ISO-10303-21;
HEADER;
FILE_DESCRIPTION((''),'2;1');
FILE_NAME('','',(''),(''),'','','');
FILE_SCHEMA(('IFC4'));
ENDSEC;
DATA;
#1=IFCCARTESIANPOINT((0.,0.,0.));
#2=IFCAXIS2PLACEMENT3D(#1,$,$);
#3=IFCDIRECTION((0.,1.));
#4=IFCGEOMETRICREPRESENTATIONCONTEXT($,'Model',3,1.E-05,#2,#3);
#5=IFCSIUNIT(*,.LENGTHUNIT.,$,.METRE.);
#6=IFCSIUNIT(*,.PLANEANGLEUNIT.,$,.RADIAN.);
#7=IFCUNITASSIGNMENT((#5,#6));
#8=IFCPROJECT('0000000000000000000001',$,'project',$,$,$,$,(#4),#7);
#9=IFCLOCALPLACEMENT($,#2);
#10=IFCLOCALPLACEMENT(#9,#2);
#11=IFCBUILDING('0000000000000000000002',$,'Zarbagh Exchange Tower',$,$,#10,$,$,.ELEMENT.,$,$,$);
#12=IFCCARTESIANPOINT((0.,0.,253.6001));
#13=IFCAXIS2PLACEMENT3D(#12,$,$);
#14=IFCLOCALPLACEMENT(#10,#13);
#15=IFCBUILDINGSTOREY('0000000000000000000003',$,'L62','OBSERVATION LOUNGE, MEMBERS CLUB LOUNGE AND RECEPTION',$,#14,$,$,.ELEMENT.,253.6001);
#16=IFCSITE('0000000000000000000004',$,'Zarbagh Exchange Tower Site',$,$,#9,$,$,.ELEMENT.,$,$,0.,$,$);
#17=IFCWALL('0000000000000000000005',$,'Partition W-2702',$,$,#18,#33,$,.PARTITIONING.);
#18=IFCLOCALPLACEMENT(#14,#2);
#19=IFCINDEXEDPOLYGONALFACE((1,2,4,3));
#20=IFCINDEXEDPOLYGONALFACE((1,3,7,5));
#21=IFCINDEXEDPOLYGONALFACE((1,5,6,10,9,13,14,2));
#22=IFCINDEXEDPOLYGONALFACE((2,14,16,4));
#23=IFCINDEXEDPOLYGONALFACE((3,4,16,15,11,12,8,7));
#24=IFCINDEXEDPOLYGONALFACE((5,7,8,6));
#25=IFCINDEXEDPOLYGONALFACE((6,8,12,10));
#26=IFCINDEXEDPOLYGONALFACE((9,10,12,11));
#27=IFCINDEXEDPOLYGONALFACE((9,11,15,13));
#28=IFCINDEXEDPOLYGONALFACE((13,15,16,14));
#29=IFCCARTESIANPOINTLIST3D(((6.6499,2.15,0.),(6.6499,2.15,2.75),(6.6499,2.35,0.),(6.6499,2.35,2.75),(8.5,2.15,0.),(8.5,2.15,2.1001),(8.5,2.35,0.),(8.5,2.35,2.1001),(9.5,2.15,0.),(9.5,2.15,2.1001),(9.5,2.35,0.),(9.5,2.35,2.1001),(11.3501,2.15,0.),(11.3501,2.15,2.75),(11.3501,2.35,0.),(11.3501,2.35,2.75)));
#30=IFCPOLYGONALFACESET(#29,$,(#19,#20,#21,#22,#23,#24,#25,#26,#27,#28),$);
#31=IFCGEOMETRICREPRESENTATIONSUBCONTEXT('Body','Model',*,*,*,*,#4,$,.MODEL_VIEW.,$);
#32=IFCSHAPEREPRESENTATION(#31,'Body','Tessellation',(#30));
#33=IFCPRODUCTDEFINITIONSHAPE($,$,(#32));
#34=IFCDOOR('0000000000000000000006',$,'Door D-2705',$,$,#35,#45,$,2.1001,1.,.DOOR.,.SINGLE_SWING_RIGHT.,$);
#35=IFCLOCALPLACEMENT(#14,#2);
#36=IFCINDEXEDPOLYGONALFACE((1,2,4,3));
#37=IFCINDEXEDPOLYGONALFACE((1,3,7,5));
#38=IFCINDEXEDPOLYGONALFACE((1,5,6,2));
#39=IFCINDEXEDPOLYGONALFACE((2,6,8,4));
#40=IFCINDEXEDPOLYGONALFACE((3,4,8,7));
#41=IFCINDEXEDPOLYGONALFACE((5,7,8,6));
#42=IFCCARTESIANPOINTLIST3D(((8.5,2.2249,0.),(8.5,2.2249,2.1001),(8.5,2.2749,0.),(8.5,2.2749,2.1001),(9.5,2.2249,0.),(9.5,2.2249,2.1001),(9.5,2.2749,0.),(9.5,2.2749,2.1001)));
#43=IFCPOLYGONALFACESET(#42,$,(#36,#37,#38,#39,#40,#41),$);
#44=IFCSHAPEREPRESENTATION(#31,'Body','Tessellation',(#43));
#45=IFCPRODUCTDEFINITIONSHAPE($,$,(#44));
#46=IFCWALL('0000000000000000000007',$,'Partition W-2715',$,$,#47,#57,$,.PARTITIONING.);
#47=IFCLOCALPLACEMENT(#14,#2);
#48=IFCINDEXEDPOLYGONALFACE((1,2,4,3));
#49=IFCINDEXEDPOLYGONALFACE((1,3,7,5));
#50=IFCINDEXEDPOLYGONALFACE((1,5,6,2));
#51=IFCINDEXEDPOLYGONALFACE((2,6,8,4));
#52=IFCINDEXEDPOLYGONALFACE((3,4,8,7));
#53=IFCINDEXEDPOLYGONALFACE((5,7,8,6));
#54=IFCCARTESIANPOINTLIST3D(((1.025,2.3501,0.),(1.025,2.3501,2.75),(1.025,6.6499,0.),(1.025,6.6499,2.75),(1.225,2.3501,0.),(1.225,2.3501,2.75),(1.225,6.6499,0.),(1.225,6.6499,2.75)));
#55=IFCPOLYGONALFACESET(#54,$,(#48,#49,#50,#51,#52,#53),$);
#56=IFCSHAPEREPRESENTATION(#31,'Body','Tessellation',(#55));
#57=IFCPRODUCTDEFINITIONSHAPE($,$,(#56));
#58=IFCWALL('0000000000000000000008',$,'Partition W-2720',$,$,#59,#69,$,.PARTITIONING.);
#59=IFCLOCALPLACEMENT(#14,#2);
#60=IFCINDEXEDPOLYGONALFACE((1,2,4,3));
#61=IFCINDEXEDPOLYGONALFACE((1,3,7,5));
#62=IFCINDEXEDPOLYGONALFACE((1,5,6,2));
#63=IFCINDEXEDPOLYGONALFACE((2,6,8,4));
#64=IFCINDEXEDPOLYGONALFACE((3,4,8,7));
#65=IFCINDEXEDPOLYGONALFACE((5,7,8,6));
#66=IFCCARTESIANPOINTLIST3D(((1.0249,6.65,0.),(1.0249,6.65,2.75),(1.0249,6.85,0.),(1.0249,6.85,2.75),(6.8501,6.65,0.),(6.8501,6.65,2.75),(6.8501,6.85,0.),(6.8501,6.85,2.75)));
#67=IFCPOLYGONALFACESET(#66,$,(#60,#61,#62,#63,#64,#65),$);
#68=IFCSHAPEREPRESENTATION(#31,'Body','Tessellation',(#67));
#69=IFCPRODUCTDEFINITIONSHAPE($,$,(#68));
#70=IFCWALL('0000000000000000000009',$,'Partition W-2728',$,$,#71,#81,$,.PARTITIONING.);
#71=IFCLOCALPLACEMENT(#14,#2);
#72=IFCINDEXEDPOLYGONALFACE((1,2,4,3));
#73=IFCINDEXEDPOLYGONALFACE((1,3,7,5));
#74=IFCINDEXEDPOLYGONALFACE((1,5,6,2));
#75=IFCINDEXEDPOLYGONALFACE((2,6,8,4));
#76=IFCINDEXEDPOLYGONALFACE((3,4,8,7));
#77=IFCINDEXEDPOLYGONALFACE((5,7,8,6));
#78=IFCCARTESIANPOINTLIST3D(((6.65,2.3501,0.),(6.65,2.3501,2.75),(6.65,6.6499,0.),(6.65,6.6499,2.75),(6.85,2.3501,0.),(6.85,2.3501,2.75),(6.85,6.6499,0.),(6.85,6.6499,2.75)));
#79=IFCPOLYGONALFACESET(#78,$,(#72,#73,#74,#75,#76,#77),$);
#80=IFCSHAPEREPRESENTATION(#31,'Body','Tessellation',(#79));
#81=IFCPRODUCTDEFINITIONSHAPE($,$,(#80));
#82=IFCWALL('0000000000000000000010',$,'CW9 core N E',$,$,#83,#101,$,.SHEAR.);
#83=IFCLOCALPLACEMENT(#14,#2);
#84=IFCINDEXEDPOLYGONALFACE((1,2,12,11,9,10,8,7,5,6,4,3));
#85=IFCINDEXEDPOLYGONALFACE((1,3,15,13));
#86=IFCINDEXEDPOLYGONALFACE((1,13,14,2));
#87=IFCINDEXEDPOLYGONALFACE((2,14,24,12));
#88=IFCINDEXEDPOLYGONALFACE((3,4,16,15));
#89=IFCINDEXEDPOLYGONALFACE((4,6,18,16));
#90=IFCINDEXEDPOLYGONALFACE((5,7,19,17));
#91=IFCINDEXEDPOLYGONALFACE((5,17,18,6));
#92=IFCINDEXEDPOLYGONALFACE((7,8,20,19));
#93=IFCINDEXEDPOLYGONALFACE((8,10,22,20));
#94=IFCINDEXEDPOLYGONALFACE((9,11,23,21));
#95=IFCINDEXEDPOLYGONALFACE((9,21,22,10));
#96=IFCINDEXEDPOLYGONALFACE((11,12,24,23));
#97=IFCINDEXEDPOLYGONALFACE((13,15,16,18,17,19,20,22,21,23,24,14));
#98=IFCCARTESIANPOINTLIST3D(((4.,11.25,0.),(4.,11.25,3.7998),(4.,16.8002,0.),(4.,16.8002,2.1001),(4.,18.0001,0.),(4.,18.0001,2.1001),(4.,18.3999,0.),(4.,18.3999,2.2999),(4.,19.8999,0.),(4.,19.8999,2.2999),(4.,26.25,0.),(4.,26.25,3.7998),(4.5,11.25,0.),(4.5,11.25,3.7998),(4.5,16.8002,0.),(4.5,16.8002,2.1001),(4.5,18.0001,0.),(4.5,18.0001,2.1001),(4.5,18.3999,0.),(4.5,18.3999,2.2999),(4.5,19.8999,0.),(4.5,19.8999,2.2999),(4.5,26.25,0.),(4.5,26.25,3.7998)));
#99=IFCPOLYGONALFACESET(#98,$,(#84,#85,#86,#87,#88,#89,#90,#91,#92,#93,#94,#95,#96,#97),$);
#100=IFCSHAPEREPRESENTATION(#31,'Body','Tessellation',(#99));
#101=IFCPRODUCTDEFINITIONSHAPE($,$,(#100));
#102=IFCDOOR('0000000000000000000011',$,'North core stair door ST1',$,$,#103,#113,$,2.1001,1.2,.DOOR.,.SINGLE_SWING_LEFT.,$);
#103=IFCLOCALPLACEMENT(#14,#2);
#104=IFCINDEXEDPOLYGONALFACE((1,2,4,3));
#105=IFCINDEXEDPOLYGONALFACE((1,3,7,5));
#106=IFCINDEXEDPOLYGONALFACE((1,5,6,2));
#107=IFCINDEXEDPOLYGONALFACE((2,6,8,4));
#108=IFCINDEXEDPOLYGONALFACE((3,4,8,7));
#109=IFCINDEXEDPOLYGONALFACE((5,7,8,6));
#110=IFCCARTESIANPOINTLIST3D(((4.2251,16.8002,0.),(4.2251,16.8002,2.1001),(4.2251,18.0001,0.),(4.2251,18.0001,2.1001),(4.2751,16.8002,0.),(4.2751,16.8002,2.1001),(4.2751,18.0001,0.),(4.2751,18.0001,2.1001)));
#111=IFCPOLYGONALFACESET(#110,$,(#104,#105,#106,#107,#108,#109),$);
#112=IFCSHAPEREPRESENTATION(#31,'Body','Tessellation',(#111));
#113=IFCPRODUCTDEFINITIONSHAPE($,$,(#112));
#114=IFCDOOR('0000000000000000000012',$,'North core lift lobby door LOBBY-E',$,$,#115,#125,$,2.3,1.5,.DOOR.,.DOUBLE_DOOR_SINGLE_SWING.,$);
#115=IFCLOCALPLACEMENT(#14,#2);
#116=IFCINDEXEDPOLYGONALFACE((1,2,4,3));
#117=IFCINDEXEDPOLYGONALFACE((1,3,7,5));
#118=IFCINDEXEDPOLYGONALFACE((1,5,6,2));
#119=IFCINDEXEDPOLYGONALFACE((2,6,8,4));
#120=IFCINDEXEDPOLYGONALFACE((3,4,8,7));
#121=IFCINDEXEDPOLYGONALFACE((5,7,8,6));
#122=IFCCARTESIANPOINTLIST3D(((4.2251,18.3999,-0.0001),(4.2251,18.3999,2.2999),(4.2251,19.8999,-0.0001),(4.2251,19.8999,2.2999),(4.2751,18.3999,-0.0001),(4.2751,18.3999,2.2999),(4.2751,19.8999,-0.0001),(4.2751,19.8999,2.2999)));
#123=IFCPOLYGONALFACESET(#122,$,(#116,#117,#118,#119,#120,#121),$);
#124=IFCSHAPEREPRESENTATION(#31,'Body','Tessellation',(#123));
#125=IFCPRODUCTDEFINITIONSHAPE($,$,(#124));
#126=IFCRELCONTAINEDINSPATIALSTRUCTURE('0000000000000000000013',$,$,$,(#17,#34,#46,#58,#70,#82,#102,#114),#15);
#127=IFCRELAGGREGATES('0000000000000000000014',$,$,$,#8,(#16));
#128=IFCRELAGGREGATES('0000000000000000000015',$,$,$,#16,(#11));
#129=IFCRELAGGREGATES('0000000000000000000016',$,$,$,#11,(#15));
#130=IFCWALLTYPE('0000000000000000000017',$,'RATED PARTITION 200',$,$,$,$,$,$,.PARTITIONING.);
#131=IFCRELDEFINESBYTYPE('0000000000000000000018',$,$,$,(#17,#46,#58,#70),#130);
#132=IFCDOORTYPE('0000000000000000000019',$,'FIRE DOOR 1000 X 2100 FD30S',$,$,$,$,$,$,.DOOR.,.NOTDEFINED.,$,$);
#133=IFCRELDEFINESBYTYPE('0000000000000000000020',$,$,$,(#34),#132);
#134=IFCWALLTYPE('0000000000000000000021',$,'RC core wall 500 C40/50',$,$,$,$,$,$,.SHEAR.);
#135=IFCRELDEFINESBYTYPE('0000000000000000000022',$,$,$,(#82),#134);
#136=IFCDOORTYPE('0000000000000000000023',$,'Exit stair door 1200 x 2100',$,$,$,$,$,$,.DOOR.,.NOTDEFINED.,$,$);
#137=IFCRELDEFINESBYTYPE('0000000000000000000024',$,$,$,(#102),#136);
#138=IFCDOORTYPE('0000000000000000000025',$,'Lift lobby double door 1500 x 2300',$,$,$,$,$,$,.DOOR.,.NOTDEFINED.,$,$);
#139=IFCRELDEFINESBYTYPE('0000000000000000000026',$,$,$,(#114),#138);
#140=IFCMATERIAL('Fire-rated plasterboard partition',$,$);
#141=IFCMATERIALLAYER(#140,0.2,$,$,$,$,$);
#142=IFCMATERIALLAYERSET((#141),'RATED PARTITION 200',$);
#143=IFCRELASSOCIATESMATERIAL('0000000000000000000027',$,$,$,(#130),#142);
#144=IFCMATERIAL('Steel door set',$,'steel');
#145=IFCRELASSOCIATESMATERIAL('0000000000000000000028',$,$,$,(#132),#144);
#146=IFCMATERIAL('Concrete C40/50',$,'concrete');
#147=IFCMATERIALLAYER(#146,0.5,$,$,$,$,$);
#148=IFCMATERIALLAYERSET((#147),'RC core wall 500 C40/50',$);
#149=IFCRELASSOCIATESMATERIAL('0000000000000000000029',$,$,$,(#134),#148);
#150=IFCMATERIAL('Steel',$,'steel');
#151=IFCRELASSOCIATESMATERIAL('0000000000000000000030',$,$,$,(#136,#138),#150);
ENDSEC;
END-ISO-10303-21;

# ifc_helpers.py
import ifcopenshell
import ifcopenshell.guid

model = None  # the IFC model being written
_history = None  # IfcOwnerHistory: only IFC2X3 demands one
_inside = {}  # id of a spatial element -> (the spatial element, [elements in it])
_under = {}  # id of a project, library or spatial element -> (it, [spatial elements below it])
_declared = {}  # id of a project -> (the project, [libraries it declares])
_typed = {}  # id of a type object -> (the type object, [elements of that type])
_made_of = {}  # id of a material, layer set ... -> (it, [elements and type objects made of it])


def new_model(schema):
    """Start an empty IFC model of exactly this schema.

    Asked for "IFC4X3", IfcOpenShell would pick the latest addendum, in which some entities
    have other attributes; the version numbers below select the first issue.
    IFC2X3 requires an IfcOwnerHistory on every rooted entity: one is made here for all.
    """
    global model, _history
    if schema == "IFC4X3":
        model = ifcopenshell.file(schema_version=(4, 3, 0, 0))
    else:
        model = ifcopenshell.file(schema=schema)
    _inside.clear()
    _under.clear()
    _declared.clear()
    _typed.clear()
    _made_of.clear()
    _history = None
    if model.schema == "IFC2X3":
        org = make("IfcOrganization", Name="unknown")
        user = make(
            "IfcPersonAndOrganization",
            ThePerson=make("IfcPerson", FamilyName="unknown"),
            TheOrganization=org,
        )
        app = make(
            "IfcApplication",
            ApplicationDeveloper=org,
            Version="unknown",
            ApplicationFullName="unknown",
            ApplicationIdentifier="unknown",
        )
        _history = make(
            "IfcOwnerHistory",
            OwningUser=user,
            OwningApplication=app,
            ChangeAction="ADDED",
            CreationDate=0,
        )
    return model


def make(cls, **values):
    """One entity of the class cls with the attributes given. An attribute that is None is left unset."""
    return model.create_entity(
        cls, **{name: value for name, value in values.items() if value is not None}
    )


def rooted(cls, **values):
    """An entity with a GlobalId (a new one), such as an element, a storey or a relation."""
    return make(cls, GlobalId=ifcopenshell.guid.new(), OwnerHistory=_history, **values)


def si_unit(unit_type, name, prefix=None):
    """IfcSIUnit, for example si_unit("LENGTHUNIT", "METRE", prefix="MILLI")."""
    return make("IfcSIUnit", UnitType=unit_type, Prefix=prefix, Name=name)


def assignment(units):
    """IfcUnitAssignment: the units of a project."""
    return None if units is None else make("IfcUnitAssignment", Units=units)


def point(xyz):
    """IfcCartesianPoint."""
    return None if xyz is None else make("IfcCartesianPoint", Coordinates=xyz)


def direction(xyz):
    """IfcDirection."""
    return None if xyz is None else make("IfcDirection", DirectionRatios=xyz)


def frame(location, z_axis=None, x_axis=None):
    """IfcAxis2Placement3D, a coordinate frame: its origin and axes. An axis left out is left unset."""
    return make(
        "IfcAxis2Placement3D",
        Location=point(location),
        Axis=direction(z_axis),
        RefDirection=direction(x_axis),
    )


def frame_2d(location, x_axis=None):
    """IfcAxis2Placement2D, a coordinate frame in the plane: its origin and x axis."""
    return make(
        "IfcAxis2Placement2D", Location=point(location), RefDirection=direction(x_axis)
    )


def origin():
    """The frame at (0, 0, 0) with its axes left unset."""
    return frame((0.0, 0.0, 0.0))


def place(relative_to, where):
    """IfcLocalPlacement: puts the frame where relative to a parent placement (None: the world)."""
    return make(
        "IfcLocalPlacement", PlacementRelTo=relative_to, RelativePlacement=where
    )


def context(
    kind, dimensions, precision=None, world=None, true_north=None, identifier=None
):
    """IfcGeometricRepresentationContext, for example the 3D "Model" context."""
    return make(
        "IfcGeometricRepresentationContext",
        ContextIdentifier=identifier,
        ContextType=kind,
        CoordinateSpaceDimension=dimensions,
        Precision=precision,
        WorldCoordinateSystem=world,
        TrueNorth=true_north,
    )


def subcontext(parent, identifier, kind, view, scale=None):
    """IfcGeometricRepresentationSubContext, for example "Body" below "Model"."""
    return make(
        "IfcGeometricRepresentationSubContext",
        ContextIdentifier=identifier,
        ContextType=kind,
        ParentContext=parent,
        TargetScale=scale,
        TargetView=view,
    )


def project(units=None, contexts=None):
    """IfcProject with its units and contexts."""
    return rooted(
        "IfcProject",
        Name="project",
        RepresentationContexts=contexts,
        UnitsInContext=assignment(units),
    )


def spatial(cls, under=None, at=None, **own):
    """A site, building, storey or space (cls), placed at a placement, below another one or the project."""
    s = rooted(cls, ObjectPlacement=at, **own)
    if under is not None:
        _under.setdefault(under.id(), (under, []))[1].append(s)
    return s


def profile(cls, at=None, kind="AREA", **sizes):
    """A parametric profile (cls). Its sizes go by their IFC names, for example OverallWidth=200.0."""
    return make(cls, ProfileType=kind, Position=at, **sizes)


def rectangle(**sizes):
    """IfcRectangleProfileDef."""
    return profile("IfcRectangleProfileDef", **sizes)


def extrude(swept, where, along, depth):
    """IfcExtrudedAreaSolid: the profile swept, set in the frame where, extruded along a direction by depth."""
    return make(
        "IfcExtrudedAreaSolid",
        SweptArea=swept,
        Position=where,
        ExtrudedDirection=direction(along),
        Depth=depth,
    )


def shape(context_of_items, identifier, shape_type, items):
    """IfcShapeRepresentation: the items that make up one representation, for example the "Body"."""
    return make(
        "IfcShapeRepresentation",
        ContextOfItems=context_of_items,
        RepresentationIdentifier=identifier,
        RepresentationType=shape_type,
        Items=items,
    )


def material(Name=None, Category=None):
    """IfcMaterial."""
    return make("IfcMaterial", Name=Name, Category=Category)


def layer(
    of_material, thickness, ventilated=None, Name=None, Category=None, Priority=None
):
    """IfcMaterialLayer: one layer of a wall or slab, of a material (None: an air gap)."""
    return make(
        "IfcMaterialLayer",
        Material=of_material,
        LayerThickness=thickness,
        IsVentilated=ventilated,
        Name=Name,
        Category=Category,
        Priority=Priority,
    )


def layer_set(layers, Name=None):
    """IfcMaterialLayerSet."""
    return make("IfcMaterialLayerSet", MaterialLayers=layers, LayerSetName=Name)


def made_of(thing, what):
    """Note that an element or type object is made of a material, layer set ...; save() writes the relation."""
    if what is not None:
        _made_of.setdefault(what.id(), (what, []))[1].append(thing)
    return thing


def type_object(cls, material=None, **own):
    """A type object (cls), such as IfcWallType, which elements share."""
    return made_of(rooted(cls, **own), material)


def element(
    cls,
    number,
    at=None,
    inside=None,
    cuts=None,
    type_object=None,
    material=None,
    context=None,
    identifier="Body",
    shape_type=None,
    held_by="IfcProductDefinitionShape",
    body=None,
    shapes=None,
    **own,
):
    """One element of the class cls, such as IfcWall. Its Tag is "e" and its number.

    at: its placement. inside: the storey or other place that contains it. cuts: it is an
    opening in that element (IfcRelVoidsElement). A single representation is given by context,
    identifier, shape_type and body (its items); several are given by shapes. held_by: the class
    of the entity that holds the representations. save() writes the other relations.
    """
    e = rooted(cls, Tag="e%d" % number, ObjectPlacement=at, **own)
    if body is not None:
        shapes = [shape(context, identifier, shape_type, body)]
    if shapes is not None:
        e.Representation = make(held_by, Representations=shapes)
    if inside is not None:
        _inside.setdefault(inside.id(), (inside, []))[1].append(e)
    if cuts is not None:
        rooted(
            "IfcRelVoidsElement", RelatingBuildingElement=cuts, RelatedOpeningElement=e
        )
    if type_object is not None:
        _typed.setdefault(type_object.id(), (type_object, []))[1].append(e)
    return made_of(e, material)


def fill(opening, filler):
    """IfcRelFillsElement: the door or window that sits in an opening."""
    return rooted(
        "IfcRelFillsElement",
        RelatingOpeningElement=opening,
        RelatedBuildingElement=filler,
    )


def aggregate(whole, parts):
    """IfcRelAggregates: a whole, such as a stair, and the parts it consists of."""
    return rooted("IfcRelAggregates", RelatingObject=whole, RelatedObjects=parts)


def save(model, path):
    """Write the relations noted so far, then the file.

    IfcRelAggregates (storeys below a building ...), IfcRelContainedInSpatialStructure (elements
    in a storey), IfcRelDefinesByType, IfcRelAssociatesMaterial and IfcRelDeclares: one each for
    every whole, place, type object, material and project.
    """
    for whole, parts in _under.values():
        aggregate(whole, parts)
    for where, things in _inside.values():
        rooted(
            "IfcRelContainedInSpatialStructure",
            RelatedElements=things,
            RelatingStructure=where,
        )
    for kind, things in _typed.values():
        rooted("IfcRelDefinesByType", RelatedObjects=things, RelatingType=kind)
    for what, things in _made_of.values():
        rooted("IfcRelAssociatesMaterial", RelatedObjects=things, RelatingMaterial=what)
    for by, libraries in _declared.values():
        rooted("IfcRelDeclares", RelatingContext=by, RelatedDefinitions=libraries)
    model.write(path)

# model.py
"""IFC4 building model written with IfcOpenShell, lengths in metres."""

from ifc_helpers import new_model, si_unit, direction, frame, frame_2d, origin, place, context, subcontext, project, spatial, rectangle, extrude, material, layer, layer_set, type_object, element, fill, save


model = new_model("IFC4")

# Units and contexts
model_context = context("Model", 3, precision=1e-05, world=origin(), true_north=direction((0.0, 1.0)))
body_context = subcontext(model_context, "Body", "Model", "MODEL_VIEW")
ifc_project = project(units=[si_unit("LENGTHUNIT", "METRE"), si_unit("PLANEANGLEUNIT", "RADIAN")], contexts=[model_context])

# Site, building, storey
site_placement = place(None, origin())
site = spatial("IfcSite", under=ifc_project, at=site_placement, Name="Zarbagh Exchange Tower Site", CompositionType="ELEMENT", RefElevation=0.0)
building_placement = place(site_placement, origin())
building = spatial("IfcBuilding", under=site, at=building_placement, Name="Zarbagh Exchange Tower", CompositionType="ELEMENT")
storey_placement = place(building_placement, frame((0.0, 0.0, 253.6001)))
storey = spatial("IfcBuildingStorey", under=building, at=storey_placement, Name="L62", Description="OBSERVATION LOUNGE, MEMBERS CLUB LOUNGE AND RECEPTION", CompositionType="ELEMENT", Elevation=253.6001)

# Shared definitions
ifc_material_1 = material(Name="Concrete C40/50", Category="concrete")

# Wall, opening, door
ifc_material_2 = material(Name="Fire-rated plasterboard partition")
ifc_layer_1 = layer(ifc_material_2, 0.2)
ifc_layer_set_1 = layer_set([ifc_layer_1], Name="RATED PARTITION 200")
wall_type_1 = type_object("IfcWallType", Name="RATED PARTITION 200", PredefinedType="PARTITIONING", material=ifc_layer_set_1)
ifc_material_3 = material(Name="Steel door set", Category="steel")
door_type_1 = type_object("IfcDoorType", Name="FIRE DOOR 1000 X 2100 FD30S", OperationType="NOTDEFINED", PredefinedType="DOOR", material=ifc_material_3)
wall_1_placement = place(storey_placement, frame((6.6499, 2.25, 0.0), z_axis=(0.0, 0.0, 1.0), x_axis=(1.0, 0.0, 0.0)))
wall_1 = element("IfcWall", 1, at=wall_1_placement, inside=storey, type_object=wall_type_1, Name="Partition W-2702", PredefinedType="PARTITIONING", context=body_context, shape_type="SweptSolid", body=[
    extrude(rectangle(XDim=4.7002, YDim=0.2, at=frame_2d((2.3501, 0.0))), origin(), (0.0, 0.0, 1.0), 2.75),
])
opening_1_placement = place(wall_1_placement, frame((1.8501, 0.0, 0.0)))
opening_1 = element("IfcOpeningElement", 2, at=opening_1_placement, cuts=wall_1, PredefinedType="OPENING", context=body_context, shape_type="SweptSolid", body=[
    extrude(rectangle(XDim=1.0, YDim=2.1001, at=frame_2d((0.5, 1.05))), frame((0.0, 0.1099, 0.0), z_axis=(0.0, -1.0, 0.0), x_axis=(1.0, 0.0, 0.0)), (0.0, 0.0, 1.0), 0.22),
])
door_1_placement = place(opening_1_placement, origin())
door_1 = element("IfcDoor", 3, at=door_1_placement, inside=storey, type_object=door_type_1, Name="Door D-2705", OperationType="SINGLE_SWING_RIGHT", OverallHeight=2.1001, OverallWidth=1.0, PredefinedType="DOOR", context=body_context, shape_type="SweptSolid", body=[
    extrude(rectangle(XDim=1.0, YDim=2.1001, at=frame_2d((0.5, 1.05))), frame((0.0, 0.0249, 0.0), z_axis=(0.0, -1.0, 0.0), x_axis=(1.0, 0.0, 0.0)), (0.0, 0.0, 1.0), 0.05),
])
fill(opening_1, door_1)

# Walls
wall_2_placement = place(storey_placement, frame((1.125, 2.3501, 0.0), z_axis=(0.0, 0.0, 1.0), x_axis=(0.0, 1.0, 0.0)))
element("IfcWall", 4, at=wall_2_placement, inside=storey, type_object=wall_type_1, Name="Partition W-2715", PredefinedType="PARTITIONING", context=body_context, shape_type="SweptSolid", body=[
    extrude(rectangle(XDim=4.2998, YDim=0.2, at=frame_2d((2.1499, 0.0))), origin(), (0.0, 0.0, 1.0), 2.75),
])
wall_3_placement = place(storey_placement, frame((1.0249, 6.75, 0.0), z_axis=(0.0, 0.0, 1.0), x_axis=(1.0, 0.0, 0.0)))
element("IfcWall", 5, at=wall_3_placement, inside=storey, type_object=wall_type_1, Name="Partition W-2720", PredefinedType="PARTITIONING", context=body_context, shape_type="SweptSolid", body=[
    extrude(rectangle(XDim=5.8252, YDim=0.2, at=frame_2d((2.9126, 0.0))), origin(), (0.0, 0.0, 1.0), 2.75),
])
wall_4_placement = place(storey_placement, frame((6.75, 2.3501, 0.0), z_axis=(0.0, 0.0, 1.0), x_axis=(0.0, 1.0, 0.0)))
element("IfcWall", 6, at=wall_4_placement, inside=storey, type_object=wall_type_1, Name="Partition W-2728", PredefinedType="PARTITIONING", context=body_context, shape_type="SweptSolid", body=[
    extrude(rectangle(XDim=4.2998, YDim=0.2, at=frame_2d((2.1499, 0.0))), origin(), (0.0, 0.0, 1.0), 2.75),
])

# Wall, openings, doors
ifc_layer_2 = layer(ifc_material_1, 0.5)
ifc_layer_set_2 = layer_set([ifc_layer_2], Name="RC core wall 500 C40/50")
wall_type_2 = type_object("IfcWallType", Name="RC core wall 500 C40/50", PredefinedType="SHEAR", material=ifc_layer_set_2)
wall_5_placement = place(storey_placement, frame((4.25, 11.25, 0.0), z_axis=(0.0, 0.0, 1.0), x_axis=(0.0, 1.0, 0.0)))
wall_5 = element("IfcWall", 7, at=wall_5_placement, inside=storey, type_object=wall_type_2, Name="CW9 core N E", PredefinedType="SHEAR", context=body_context, shape_type="SweptSolid", body=[
    extrude(rectangle(XDim=15.0, YDim=0.5, at=frame_2d((7.5, 0.0))), origin(), (0.0, 0.0, 1.0), 3.7998),
])
opening_2_placement = place(wall_5_placement, frame((7.1499, 0.0, 0.0)))
opening_2 = element("IfcOpeningElement", 8, at=opening_2_placement, cuts=wall_5, PredefinedType="OPENING", context=body_context, shape_type="SweptSolid", body=[
    extrude(rectangle(XDim=1.5, YDim=2.3, at=frame_2d((0.75, 1.1499))), frame((0.0, 0.26, 0.0), z_axis=(0.0, -1.0, 0.0), x_axis=(1.0, 0.0, 0.0)), (0.0, 0.0, 1.0), 0.52),
])
opening_3_placement = place(wall_5_placement, frame((5.55, 0.0, 0.0)))
opening_3 = element("IfcOpeningElement", 9, at=opening_3_placement, cuts=wall_5, PredefinedType="OPENING", context=body_context, shape_type="SweptSolid", body=[
    extrude(rectangle(XDim=1.2, YDim=2.1001, at=frame_2d((0.6001, 1.05))), frame((0.0, 0.26, 0.0), z_axis=(0.0, -1.0, 0.0), x_axis=(1.0, 0.0, 0.0)), (0.0, 0.0, 1.0), 0.52),
])
ifc_material_4 = material(Name="Steel", Category="steel")
door_type_2 = type_object("IfcDoorType", Name="Exit stair door 1200 x 2100", OperationType="NOTDEFINED", PredefinedType="DOOR", material=ifc_material_4)
door_2_placement = place(opening_3_placement, origin())
door_2 = element("IfcDoor", 10, at=door_2_placement, inside=storey, type_object=door_type_2, Name="North core stair door ST1", OperationType="SINGLE_SWING_LEFT", OverallHeight=2.1001, OverallWidth=1.2, PredefinedType="DOOR", context=body_context, shape_type="SweptSolid", body=[
    extrude(rectangle(XDim=1.2, YDim=2.1001, at=frame_2d((0.6001, 1.05))), frame((0.0, 0.0249, 0.0), z_axis=(0.0, -1.0, 0.0), x_axis=(1.0, 0.0, 0.0)), (0.0, 0.0, 1.0), 0.05),
])
fill(opening_3, door_2)
door_type_3 = type_object("IfcDoorType", Name="Lift lobby double door 1500 x 2300", OperationType="NOTDEFINED", PredefinedType="DOOR", material=ifc_material_4)
door_3_placement = place(opening_2_placement, origin())
door_3 = element("IfcDoor", 11, at=door_3_placement, inside=storey, type_object=door_type_3, Name="North core lift lobby door LOBBY-E", OperationType="DOUBLE_DOOR_SINGLE_SWING", OverallHeight=2.3, OverallWidth=1.5, PredefinedType="DOOR", context=body_context, shape_type="SweptSolid", body=[
    extrude(rectangle(XDim=1.5, YDim=2.3, at=frame_2d((0.75, 1.1499))), frame((0.0, 0.0249, 0.0), z_axis=(0.0, -1.0, 0.0), x_axis=(1.0, 0.0, 0.0)), (0.0, 0.0, 1.0), 0.05),
])
fill(opening_2, door_3)

save(model, "model.ifc")
